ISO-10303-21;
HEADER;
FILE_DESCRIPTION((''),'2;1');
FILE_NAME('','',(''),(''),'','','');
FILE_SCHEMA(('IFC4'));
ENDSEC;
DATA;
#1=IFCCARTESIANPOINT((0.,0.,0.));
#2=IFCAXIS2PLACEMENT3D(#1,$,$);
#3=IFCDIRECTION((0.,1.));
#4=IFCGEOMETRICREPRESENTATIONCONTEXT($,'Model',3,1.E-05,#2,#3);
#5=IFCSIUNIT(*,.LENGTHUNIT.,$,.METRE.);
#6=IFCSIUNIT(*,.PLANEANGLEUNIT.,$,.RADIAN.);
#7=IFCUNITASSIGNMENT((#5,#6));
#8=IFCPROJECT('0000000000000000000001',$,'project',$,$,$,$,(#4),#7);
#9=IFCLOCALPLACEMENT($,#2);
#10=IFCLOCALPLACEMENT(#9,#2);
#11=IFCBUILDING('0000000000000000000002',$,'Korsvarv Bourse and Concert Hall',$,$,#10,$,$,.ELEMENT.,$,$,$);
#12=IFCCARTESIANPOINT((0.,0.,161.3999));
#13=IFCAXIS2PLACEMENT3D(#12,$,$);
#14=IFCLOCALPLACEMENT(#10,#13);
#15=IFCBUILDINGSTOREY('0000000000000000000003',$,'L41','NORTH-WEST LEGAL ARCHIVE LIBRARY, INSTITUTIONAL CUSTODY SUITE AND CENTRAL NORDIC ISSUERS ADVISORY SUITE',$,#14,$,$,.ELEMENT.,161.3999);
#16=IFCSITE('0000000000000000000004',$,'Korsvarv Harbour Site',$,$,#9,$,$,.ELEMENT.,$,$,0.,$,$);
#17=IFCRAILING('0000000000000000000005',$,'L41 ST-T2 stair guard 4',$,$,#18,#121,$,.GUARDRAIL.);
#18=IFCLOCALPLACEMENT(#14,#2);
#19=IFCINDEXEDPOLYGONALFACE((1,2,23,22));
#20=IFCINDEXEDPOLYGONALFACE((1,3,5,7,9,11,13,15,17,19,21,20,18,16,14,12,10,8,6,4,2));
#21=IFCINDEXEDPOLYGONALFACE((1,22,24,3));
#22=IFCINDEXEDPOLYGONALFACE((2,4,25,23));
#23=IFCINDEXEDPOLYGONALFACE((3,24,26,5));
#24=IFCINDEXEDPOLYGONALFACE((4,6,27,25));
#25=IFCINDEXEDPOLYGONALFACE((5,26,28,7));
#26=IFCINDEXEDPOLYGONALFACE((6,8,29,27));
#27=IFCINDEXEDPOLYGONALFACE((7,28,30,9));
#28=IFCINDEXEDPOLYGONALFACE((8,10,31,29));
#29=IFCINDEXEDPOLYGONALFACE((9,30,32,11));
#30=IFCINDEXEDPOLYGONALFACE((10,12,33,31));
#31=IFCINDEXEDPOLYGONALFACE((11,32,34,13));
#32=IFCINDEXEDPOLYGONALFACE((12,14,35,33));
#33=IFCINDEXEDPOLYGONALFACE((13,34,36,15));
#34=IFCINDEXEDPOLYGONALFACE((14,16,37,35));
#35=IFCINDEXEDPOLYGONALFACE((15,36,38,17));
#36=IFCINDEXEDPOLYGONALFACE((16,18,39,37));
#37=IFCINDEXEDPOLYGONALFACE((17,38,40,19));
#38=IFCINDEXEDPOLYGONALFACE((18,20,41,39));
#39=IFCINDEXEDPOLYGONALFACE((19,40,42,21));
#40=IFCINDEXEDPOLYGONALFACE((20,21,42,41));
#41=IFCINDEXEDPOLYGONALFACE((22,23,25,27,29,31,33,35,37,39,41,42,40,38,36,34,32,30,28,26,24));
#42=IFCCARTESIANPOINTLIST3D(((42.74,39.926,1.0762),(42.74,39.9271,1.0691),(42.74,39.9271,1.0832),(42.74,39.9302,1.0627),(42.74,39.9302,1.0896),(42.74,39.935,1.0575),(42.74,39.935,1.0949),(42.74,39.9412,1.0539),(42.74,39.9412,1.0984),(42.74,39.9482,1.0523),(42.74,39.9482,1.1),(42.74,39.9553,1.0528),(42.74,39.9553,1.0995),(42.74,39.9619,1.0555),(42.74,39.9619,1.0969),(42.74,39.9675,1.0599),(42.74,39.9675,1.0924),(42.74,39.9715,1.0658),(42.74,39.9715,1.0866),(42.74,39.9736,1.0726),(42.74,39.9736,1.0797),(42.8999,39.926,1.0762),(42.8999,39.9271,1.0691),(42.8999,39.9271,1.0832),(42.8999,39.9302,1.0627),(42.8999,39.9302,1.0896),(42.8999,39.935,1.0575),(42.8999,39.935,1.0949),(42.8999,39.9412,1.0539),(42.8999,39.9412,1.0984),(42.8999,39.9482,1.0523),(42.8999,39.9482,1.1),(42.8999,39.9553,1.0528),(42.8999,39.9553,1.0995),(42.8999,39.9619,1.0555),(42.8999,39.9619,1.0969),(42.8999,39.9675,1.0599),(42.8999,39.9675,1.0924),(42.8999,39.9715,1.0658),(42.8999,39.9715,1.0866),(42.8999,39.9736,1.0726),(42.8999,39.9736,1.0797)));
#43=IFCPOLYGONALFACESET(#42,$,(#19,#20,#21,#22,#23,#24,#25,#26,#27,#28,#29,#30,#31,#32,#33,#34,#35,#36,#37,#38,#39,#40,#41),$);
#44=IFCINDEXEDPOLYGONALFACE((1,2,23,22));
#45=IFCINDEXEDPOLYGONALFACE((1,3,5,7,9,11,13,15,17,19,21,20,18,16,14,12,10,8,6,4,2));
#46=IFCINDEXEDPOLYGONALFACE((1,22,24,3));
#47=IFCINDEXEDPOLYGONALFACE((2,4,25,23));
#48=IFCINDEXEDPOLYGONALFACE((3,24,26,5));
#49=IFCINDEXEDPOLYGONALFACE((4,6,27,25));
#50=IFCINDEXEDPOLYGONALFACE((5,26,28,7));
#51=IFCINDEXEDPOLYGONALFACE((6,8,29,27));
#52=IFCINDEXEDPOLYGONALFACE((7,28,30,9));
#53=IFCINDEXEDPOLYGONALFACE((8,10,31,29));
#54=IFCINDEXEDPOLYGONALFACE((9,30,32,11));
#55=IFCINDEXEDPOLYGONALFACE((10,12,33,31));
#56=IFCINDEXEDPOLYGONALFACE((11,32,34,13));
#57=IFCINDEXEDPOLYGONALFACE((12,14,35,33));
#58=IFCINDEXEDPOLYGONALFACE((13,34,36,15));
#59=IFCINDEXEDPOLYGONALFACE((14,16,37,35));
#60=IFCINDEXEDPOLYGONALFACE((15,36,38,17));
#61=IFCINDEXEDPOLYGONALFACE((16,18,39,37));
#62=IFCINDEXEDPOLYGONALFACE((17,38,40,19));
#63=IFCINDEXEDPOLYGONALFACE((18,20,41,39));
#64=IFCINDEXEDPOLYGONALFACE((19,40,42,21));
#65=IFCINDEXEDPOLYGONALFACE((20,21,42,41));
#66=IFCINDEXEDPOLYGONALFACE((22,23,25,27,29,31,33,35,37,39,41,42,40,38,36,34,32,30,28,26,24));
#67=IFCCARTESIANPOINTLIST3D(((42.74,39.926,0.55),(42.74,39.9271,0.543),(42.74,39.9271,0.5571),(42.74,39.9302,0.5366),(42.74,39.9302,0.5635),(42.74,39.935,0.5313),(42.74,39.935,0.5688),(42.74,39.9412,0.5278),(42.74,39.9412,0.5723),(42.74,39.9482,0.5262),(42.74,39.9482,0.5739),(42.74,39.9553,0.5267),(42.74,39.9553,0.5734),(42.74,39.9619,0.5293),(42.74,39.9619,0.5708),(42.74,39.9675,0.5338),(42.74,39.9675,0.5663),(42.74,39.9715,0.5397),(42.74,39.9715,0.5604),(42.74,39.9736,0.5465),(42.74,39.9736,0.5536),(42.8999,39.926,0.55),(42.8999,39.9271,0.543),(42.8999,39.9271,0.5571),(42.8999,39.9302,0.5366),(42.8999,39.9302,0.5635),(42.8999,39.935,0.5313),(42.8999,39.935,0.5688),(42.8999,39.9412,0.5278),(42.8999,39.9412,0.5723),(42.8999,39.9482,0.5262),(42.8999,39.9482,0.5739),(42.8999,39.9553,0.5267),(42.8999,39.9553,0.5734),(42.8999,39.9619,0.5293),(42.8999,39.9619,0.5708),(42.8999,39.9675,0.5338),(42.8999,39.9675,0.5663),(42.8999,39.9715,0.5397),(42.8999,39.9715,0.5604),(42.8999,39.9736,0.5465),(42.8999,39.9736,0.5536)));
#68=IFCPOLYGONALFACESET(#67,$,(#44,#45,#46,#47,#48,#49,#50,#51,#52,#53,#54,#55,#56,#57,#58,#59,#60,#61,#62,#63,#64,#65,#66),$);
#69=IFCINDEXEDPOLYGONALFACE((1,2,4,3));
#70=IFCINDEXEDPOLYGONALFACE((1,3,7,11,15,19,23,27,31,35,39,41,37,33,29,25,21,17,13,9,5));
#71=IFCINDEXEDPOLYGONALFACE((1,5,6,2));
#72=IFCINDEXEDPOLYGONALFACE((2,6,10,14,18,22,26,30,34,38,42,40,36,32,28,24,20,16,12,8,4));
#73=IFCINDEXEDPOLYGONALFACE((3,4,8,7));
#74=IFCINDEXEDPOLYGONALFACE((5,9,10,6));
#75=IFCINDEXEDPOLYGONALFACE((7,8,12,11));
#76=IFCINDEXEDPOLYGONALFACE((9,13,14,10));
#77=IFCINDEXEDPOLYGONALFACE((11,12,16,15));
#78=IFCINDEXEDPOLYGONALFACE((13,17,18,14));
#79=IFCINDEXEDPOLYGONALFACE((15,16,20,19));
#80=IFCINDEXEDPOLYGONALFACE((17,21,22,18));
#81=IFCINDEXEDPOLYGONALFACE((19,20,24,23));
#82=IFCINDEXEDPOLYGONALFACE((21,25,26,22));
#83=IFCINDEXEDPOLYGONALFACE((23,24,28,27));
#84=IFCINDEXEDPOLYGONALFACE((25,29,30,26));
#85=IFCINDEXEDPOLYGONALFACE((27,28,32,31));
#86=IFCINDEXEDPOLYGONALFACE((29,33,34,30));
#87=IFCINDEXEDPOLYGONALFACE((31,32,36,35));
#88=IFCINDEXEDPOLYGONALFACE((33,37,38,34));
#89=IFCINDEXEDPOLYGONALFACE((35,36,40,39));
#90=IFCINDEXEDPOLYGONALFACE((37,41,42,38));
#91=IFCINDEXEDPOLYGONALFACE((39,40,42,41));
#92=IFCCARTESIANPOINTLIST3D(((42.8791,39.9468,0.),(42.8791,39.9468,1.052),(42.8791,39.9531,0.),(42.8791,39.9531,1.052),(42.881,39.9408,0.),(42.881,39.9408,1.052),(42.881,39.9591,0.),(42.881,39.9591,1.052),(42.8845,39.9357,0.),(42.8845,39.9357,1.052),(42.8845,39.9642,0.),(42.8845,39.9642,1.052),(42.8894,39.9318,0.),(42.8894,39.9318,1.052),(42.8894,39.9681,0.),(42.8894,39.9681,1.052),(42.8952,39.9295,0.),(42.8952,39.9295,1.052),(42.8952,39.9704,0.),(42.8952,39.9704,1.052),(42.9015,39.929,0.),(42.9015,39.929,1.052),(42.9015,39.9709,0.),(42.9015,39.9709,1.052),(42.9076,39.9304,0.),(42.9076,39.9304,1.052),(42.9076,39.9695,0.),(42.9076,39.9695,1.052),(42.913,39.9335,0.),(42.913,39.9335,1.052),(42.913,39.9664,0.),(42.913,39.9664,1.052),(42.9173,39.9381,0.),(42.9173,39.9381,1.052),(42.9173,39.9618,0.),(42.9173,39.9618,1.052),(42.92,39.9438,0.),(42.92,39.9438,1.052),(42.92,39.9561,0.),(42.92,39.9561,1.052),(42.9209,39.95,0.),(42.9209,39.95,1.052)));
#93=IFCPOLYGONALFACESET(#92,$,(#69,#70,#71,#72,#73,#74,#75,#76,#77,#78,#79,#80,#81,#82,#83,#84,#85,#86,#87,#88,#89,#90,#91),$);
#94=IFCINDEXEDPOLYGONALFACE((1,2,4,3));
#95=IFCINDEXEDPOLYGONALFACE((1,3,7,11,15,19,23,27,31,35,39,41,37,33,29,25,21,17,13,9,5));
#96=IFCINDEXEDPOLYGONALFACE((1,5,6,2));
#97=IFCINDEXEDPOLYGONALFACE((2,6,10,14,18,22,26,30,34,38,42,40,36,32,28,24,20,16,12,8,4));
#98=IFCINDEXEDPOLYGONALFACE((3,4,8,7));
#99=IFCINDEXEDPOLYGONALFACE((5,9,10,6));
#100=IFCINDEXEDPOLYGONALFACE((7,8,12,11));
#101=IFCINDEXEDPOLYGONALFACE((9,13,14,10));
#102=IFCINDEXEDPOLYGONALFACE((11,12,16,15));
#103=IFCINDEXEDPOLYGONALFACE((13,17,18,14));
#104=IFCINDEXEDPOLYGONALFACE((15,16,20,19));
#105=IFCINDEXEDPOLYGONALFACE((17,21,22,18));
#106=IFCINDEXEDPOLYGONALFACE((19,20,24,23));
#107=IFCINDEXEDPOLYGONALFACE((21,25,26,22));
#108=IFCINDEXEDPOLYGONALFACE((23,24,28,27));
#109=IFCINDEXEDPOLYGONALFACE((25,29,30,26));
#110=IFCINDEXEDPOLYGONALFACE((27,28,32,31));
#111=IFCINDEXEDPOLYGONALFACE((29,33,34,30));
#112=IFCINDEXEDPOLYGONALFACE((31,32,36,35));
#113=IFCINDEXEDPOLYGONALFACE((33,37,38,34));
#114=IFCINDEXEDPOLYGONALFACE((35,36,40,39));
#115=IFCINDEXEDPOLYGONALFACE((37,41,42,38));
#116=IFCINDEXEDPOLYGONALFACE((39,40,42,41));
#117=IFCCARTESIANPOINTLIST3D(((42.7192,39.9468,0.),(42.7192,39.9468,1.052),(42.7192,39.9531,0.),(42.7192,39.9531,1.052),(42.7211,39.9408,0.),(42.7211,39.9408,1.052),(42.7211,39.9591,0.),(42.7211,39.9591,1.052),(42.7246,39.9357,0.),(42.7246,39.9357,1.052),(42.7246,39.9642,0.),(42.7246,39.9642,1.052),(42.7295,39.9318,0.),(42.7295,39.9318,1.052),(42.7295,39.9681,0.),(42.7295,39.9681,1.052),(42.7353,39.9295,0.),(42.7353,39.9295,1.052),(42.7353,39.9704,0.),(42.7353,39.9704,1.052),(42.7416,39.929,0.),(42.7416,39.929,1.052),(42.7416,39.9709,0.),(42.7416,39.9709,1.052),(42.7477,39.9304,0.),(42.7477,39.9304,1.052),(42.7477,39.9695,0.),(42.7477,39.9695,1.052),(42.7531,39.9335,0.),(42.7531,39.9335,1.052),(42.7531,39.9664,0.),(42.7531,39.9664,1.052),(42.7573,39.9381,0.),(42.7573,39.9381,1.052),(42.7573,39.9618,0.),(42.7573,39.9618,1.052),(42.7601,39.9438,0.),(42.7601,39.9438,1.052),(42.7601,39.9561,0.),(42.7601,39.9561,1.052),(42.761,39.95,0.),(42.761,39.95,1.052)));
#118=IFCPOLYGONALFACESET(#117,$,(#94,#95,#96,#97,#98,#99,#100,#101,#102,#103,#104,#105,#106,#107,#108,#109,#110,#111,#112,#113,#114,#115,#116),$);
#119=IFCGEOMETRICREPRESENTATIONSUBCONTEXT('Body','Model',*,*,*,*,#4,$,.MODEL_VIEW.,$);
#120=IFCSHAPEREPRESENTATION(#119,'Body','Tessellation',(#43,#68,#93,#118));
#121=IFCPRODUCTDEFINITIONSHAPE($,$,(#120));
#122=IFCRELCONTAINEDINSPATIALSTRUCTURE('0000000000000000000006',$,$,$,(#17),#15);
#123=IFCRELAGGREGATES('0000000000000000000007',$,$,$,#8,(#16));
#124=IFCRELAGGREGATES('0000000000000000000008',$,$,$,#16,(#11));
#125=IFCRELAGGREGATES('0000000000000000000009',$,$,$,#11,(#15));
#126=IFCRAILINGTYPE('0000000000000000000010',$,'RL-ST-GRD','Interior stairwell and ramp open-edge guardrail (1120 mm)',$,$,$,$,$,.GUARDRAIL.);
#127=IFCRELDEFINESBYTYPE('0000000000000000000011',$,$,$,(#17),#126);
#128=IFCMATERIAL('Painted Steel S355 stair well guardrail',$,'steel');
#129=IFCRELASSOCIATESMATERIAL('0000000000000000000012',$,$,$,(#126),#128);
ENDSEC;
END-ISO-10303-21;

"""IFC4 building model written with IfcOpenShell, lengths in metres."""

from ifc_helpers import new_model, si_unit, direction, frame, origin, origin_2d, place, context, subcontext, project, spatial, circle, extrude, material, type_object, element, save


model = new_model("IFC4")

# Units and contexts
model_context = context("Model", 3, precision=1e-05, world=origin(), true_north=direction((0.0, 1.0)))
body_context = subcontext(model_context, "Body", "Model", "MODEL_VIEW")
ifc_project = project(units=[si_unit("LENGTHUNIT", "METRE"), si_unit("PLANEANGLEUNIT", "RADIAN")], contexts=[model_context])

# Site, building, storey
site_placement = place(None, origin())
site = spatial("IfcSite", under=ifc_project, at=site_placement, Name="Korsvarv Harbour Site", CompositionType="ELEMENT", RefElevation=0.0)
building_placement = place(site_placement, origin())
building = spatial("IfcBuilding", under=site, at=building_placement, Name="Korsvarv Bourse and Concert Hall", CompositionType="ELEMENT")
storey_placement = place(building_placement, frame((0.0, 0.0, 161.3999)))
storey = spatial("IfcBuildingStorey", under=building, at=storey_placement, Name="L41", Description="NORTH-WEST LEGAL ARCHIVE LIBRARY, INSTITUTIONAL CUSTODY SUITE AND CENTRAL NORDIC ISSUERS ADVISORY SUITE", CompositionType="ELEMENT", Elevation=161.3999)

# Railing
ifc_material_1 = material(Name="Painted Steel S355 stair well guardrail", Category="steel")
railing_type_1 = type_object("IfcRailingType", Name="RL-ST-GRD", Description="Interior stairwell and ramp open-edge guardrail (1120 mm)", PredefinedType="GUARDRAIL", material=ifc_material_1)
railing_1_placement = place(storey_placement, frame((42.8999, 39.95, 0.0)))
element("IfcRailing", 1, at=railing_1_placement, inside=storey, type_object=railing_type_1, Name="L41 ST-T2 stair guard 4", PredefinedType="GUARDRAIL", context=body_context, shape_type="SweptSolid", body=[
    extrude(circle(Radius=0.0239, at=origin_2d()), frame((0.0, 0.0, 1.0762), z_axis=(-1.0, 0.0, 0.0), x_axis=(0.0, -1.0, 0.0)), (0.0, 0.0, 1.0), 0.1599),
    extrude(circle(Radius=0.0239, at=origin_2d()), frame((0.0, 0.0, 0.55), z_axis=(-1.0, 0.0, 0.0), x_axis=(0.0, -1.0, 0.0)), (0.0, 0.0, 1.0), 0.1599),
    extrude(circle(Radius=0.021, at=origin_2d()), origin(), (0.0, 0.0, 1.0), 1.052),
    extrude(circle(Radius=0.021, at=origin_2d()), frame((-0.1599, 0.0, 0.0)), (0.0, 0.0, 1.0), 1.052),
])

save(model, "model.ifc")
